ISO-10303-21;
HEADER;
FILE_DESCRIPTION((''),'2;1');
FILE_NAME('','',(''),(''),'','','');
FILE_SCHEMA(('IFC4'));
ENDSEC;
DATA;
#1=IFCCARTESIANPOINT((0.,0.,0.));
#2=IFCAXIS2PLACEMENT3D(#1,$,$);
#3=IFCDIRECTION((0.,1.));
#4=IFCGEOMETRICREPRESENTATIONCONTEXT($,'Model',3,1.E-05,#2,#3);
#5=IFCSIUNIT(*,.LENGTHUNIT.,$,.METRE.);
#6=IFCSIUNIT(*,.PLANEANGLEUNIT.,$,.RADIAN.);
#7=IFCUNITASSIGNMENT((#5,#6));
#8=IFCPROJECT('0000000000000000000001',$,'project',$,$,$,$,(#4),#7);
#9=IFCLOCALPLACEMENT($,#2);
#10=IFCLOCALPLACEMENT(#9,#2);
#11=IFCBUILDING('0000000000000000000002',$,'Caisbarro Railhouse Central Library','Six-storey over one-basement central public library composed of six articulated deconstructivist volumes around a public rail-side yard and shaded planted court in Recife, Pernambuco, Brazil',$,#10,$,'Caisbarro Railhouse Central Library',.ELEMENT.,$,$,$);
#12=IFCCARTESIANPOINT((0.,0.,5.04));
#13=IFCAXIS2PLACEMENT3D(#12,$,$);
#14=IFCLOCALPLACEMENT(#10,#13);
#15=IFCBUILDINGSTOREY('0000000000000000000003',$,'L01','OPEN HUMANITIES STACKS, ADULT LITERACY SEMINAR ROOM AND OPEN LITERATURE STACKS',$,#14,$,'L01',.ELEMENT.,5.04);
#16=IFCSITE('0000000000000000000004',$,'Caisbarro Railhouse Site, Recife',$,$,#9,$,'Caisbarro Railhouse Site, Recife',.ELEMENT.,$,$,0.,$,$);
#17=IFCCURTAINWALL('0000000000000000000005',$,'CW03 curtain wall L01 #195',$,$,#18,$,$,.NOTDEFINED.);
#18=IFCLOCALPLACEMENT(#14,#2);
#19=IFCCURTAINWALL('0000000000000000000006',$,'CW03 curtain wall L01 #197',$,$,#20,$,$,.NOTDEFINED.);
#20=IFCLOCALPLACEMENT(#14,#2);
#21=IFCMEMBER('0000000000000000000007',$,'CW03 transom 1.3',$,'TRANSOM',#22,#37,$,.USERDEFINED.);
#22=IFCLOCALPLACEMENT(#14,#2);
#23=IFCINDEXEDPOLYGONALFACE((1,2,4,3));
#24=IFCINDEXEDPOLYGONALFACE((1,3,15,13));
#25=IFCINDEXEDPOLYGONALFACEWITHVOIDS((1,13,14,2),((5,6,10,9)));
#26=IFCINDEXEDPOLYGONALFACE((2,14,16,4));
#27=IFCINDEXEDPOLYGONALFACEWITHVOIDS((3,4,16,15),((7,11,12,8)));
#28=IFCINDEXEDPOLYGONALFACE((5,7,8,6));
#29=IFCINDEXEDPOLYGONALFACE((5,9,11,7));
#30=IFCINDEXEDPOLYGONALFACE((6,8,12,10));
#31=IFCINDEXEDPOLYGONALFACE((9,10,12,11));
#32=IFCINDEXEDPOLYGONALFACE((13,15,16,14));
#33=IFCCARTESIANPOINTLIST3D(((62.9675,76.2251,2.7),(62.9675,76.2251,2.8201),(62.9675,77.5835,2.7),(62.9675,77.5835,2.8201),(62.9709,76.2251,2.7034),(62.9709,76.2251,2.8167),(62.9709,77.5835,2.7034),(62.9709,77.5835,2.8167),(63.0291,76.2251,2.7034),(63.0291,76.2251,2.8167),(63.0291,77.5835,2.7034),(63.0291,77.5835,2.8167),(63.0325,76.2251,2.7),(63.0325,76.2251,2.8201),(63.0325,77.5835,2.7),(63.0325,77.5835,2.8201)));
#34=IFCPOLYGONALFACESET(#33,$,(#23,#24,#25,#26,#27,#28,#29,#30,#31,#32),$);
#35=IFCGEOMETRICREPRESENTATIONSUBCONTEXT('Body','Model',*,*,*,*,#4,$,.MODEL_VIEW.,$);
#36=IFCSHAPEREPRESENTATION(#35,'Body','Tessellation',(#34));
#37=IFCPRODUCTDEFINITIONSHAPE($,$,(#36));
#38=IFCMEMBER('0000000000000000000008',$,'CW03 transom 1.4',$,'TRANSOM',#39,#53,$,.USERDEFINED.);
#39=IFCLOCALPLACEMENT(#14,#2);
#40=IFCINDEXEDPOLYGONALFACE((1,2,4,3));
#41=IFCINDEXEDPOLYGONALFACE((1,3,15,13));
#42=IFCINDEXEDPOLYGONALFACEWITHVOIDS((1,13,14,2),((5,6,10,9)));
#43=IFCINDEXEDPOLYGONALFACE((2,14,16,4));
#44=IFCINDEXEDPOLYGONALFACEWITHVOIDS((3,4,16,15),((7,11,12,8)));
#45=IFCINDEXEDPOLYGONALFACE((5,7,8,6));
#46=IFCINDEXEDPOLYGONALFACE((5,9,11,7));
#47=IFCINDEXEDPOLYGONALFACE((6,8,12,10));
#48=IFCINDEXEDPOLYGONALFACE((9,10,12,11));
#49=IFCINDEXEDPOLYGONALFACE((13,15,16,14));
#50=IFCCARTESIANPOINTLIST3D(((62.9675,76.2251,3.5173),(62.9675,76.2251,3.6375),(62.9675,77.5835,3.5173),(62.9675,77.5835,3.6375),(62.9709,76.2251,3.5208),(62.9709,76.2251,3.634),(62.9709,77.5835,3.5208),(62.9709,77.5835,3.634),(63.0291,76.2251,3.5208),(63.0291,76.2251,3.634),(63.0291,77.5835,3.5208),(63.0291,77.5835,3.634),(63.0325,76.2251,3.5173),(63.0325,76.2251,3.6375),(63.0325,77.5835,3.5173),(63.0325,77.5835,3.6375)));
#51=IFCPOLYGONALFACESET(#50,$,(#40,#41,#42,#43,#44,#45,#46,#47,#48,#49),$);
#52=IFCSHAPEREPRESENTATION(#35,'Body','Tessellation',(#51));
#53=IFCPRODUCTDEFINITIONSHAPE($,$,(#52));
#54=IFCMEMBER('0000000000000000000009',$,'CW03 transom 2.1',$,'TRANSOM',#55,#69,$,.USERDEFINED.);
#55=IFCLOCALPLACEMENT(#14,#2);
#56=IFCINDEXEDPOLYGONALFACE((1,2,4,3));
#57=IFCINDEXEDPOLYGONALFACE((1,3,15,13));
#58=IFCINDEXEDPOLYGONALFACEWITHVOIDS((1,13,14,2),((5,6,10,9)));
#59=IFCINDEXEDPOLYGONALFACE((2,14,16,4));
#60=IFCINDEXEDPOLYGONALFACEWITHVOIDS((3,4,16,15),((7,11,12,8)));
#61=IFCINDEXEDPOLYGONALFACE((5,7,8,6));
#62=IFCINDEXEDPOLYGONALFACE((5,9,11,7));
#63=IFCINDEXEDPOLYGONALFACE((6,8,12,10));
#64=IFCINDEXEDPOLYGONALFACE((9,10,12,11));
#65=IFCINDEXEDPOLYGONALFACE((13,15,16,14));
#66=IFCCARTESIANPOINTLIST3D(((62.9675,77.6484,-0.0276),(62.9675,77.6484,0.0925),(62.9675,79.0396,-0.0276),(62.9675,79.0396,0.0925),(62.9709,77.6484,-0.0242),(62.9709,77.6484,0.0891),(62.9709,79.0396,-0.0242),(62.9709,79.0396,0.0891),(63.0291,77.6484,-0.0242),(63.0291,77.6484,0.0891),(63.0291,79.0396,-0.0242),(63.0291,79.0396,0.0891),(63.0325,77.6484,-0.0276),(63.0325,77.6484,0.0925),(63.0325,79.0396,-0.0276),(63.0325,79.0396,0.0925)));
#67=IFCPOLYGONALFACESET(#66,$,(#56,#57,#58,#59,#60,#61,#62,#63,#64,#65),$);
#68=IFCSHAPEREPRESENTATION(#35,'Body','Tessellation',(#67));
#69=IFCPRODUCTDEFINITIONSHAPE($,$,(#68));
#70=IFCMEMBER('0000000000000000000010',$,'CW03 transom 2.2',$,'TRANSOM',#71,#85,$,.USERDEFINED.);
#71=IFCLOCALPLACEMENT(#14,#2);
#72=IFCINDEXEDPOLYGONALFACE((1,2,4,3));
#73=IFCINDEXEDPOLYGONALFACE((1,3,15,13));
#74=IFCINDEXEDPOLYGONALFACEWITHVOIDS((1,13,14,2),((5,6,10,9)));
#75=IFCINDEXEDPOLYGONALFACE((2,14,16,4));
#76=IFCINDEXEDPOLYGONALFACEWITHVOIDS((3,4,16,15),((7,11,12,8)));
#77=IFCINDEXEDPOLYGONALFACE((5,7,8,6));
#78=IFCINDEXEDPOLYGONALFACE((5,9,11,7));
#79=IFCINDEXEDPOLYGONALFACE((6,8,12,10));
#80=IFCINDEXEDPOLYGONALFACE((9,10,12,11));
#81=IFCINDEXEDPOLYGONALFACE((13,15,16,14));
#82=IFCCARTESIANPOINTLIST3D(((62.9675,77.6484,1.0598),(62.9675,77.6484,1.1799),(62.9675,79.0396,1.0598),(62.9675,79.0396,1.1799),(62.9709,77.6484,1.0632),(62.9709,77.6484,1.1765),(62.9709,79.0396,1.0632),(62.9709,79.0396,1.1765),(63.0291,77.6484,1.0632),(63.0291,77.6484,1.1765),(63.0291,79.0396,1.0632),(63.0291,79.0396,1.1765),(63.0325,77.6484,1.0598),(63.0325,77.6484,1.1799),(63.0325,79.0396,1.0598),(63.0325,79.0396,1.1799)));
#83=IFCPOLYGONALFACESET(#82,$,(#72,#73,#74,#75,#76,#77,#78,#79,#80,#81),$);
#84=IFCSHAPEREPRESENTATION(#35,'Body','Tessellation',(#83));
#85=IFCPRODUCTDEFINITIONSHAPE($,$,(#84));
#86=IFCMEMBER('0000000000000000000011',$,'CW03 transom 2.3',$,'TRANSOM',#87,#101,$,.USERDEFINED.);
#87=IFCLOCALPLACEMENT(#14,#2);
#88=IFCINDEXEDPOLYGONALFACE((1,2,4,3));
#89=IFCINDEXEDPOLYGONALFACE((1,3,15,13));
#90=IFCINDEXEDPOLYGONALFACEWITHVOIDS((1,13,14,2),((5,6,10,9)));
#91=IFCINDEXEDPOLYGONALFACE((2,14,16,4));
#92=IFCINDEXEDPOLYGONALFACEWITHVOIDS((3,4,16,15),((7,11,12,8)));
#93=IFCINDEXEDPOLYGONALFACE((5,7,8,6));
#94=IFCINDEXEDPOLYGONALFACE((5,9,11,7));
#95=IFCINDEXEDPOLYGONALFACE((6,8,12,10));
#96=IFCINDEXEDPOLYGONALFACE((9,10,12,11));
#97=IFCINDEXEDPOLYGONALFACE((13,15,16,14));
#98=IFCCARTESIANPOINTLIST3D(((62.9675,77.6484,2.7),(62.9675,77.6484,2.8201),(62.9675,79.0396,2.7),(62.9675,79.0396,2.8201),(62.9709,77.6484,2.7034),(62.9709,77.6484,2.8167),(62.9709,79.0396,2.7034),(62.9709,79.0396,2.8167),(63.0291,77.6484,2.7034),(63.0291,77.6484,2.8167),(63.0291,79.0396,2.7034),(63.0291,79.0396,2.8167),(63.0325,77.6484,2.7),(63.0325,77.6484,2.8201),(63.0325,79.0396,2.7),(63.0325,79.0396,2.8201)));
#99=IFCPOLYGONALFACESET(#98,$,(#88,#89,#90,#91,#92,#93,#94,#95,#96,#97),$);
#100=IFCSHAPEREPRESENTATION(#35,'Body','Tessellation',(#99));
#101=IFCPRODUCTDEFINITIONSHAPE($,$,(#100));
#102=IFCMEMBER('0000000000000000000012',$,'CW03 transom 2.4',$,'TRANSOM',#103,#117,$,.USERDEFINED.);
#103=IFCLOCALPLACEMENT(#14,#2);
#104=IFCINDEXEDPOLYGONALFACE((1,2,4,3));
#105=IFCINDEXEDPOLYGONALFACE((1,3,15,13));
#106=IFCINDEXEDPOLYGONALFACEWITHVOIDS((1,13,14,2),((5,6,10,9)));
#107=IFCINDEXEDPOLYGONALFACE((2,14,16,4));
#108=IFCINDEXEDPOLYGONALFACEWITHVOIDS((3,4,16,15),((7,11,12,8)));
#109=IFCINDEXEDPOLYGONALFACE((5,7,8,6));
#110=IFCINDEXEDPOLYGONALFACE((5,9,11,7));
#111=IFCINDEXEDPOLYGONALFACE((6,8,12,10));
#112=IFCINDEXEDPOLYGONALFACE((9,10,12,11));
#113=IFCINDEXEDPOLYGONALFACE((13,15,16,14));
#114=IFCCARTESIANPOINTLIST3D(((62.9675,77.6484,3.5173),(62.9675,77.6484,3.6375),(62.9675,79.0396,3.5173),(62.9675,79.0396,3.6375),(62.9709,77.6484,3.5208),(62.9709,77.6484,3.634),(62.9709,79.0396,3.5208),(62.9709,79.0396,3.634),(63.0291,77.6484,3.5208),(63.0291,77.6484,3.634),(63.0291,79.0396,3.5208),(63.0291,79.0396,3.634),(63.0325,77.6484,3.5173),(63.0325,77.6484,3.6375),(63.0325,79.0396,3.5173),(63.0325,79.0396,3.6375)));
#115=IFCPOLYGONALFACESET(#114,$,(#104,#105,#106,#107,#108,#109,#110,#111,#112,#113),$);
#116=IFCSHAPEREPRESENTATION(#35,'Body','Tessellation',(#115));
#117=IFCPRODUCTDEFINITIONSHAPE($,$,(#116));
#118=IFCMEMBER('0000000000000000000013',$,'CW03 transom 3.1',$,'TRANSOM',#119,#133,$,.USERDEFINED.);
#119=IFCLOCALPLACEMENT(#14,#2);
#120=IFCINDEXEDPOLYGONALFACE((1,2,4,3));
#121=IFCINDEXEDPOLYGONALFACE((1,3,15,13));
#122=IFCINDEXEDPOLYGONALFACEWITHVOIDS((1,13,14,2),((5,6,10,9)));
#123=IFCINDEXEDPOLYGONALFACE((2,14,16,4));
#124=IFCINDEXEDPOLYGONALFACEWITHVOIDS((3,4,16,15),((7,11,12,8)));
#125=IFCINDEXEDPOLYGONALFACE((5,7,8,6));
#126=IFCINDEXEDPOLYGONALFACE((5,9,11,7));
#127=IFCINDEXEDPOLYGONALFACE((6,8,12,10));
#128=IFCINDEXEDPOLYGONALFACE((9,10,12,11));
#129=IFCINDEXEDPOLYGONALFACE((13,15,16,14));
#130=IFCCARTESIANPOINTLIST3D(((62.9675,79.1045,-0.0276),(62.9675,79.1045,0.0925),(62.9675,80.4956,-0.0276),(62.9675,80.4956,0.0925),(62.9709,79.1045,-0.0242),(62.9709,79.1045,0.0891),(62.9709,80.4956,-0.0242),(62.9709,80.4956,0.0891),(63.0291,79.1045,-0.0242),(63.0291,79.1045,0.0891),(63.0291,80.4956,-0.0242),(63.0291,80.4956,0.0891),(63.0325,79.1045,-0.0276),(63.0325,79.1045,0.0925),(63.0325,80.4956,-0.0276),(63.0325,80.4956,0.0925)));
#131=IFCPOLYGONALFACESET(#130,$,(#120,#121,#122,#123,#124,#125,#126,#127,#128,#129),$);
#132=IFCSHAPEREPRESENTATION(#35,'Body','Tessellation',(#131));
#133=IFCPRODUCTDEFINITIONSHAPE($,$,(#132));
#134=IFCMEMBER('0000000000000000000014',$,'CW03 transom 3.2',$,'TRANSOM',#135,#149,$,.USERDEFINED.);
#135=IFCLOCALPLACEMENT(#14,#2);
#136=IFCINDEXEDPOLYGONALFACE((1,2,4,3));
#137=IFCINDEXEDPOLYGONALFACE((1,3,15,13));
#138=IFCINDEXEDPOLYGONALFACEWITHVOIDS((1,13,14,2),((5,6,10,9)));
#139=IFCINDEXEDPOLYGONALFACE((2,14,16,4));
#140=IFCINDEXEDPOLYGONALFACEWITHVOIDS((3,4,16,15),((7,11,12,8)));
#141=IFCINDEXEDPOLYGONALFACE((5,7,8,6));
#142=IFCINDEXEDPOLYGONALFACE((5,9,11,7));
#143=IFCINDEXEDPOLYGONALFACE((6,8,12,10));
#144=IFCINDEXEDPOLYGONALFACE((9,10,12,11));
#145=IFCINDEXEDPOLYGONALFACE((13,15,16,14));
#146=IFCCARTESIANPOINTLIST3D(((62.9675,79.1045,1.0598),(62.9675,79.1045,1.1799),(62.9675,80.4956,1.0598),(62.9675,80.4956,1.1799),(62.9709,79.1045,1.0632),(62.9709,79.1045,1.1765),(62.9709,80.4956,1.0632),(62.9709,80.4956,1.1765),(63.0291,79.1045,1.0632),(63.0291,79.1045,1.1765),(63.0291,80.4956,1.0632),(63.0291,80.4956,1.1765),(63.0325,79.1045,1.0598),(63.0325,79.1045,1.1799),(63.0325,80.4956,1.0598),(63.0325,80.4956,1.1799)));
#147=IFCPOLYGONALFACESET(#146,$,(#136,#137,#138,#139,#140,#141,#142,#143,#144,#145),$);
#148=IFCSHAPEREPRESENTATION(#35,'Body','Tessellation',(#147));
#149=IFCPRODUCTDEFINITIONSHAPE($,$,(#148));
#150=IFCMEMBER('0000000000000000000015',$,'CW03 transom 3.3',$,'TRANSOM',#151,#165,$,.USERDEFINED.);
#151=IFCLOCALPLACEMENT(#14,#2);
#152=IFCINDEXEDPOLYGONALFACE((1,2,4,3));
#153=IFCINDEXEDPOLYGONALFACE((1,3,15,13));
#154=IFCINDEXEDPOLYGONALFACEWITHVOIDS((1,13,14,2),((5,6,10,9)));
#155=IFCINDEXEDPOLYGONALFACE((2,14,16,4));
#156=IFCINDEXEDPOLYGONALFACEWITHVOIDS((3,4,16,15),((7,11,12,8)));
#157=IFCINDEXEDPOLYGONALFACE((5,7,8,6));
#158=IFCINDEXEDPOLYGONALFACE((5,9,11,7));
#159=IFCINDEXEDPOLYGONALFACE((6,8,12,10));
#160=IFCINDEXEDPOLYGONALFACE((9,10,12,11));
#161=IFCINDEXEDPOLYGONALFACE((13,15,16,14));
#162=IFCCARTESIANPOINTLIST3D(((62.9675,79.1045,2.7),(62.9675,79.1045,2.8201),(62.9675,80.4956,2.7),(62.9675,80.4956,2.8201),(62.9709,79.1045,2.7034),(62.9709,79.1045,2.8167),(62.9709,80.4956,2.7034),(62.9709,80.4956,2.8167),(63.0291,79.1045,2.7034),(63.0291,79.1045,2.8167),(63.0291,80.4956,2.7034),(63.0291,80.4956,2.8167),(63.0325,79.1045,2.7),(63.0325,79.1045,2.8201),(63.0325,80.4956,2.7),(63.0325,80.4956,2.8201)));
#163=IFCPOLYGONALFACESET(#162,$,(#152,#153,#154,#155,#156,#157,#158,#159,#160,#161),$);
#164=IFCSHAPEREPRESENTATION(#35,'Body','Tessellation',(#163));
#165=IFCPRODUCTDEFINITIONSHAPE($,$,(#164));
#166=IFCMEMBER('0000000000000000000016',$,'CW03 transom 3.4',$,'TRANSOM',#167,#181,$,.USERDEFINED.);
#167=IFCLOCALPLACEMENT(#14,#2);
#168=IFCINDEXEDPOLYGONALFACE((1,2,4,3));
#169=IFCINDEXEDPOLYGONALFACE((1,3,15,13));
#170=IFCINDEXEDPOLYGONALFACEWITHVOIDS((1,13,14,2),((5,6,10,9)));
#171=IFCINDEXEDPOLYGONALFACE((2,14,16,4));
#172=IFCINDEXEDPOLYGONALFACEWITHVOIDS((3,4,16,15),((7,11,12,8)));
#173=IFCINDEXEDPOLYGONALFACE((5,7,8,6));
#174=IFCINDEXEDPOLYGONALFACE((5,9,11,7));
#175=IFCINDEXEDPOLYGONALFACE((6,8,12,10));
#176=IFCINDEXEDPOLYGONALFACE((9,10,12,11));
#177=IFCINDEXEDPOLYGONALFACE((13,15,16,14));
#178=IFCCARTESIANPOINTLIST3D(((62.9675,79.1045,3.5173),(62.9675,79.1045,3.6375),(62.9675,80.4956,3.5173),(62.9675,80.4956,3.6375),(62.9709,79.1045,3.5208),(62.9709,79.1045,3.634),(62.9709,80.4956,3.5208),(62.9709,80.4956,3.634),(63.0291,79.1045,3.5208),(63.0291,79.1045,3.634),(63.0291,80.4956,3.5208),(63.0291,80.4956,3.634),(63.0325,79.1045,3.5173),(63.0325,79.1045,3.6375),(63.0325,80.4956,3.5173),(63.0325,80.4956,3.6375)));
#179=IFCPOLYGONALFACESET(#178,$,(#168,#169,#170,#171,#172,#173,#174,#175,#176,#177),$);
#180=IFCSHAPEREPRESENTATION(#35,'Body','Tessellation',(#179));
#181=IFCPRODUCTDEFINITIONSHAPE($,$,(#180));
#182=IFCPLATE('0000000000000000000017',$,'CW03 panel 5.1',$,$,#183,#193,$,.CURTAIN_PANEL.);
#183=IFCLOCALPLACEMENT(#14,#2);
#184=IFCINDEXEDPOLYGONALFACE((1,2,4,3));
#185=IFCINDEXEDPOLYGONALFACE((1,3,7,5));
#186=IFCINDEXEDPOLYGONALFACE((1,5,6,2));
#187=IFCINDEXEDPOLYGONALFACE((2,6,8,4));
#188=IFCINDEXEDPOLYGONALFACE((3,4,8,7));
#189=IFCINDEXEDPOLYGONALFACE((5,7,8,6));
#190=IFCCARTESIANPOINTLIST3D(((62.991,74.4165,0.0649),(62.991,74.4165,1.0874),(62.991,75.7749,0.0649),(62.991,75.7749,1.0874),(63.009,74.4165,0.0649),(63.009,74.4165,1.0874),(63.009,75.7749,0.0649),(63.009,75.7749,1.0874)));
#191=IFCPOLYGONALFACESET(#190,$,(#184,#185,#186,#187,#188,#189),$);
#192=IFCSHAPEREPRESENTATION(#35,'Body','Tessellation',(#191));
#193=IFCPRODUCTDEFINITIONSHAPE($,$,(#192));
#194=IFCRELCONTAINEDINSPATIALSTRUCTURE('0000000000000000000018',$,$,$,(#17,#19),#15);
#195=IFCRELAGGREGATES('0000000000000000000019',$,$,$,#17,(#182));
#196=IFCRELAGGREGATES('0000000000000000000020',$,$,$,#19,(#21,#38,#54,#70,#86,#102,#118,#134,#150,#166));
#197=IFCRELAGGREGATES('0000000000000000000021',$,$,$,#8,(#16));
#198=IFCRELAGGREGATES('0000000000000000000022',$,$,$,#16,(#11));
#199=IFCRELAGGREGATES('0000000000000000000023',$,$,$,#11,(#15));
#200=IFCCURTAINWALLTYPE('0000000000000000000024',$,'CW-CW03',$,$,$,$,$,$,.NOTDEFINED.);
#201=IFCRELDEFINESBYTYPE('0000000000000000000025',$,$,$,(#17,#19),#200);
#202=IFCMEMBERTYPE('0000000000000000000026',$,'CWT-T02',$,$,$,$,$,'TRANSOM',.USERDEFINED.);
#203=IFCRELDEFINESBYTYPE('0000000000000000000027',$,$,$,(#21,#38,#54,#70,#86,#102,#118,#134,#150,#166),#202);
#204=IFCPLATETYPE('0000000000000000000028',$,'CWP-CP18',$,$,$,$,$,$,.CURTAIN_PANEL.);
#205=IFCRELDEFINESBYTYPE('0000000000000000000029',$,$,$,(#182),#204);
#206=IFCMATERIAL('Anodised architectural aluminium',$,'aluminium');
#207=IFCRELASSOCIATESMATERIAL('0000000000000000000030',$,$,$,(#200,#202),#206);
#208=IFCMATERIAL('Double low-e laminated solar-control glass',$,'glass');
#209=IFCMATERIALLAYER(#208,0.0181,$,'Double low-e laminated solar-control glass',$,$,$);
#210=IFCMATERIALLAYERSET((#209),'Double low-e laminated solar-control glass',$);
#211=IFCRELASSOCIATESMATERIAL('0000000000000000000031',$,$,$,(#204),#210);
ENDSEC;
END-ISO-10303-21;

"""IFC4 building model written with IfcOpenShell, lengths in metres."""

from ifc_helpers import new_model, si_unit, direction, frame, origin, origin_2d, place, context, subcontext, project, spatial, rectangle, hollow_rectangle, extrude, material, layer, layer_set, material_profile, profile_set, type_object, element, aggregate, save


model = new_model("IFC4")

# Units and contexts
model_context = context("Model", 3, precision=1e-05, world=origin(), true_north=direction((0.0, 1.0)))
body_context = subcontext(model_context, "Body", "Model", "MODEL_VIEW")
ifc_project = project(units=[si_unit("LENGTHUNIT", "METRE"), si_unit("PLANEANGLEUNIT", "RADIAN")], contexts=[model_context])

# Site, building, storey
site_placement = place(None, origin())
site = spatial("IfcSite", under=ifc_project, at=site_placement, Name="Caisbarro Railhouse Site, Recife", LongName="Caisbarro Railhouse Site, Recife", CompositionType="ELEMENT", RefElevation=0.0)
building_placement = place(site_placement, origin())
building = spatial("IfcBuilding", under=site, at=building_placement, Name="Caisbarro Railhouse Central Library", Description="Six-storey over one-basement central public library composed of six articulated deconstructivist volumes around a public rail-side yard and shaded planted court in Recife, Pernambuco, Brazil", LongName="Caisbarro Railhouse Central Library", CompositionType="ELEMENT")
storey_placement = place(building_placement, frame((0.0, 0.0, 5.04)))
storey = spatial("IfcBuildingStorey", under=building, at=storey_placement, Name="L01", Description="OPEN HUMANITIES STACKS, ADULT LITERACY SEMINAR ROOM AND OPEN LITERATURE STACKS", LongName="L01", CompositionType="ELEMENT", Elevation=5.04)

# Curtain wall
ifc_material_1 = material(Name="Anodised architectural aluminium", Category="aluminium")
curtain_wall_type = type_object("IfcCurtainWallType", Name="CW-CW03", PredefinedType="NOTDEFINED", material=ifc_material_1)
curtain_wall_1_placement = place(storey_placement, origin())
curtain_wall_1 = element("IfcCurtainWall", 1, at=curtain_wall_1_placement, inside=storey, type_object=curtain_wall_type, Name="CW03 curtain wall L01 #195", PredefinedType="NOTDEFINED")

# Curtain wall
curtain_wall_2_placement = place(storey_placement, origin())
curtain_wall_2 = element("IfcCurtainWall", 2, at=curtain_wall_2_placement, inside=storey, type_object=curtain_wall_type, Name="CW03 curtain wall L01 #197", PredefinedType="NOTDEFINED")

# Shared definitions
ifc_material_profile_1 = material_profile(ifc_material_1, hollow_rectangle(XDim=0.0649, YDim=0.1201, WallThickness=0.0034, at=origin_2d()), Name="ALU-TRN-65X120")
ifc_profile_set_1 = profile_set([ifc_material_profile_1], Name="Anodised architectural aluminium")
member_type_1 = type_object("IfcMemberType", Name="CWT-T02", ElementType="TRANSOM", PredefinedType="USERDEFINED", material=ifc_profile_set_1)

# Members
member_1_placement = place(storey_placement, frame((63.0, 76.2251, 2.76), z_axis=(0.0, 1.0, 0.0), x_axis=(-1.0, 0.0, 0.0)))
member_1 = element("IfcMember", 3, at=member_1_placement, type_object=member_type_1, Name="CW03 transom 1.3", ObjectType="TRANSOM", PredefinedType="USERDEFINED", context=body_context, shape_type="SweptSolid", body=[
    extrude(hollow_rectangle(XDim=0.0649, YDim=0.1201, WallThickness=0.0034, at=origin_2d()), origin(), (0.0, 0.0, 1.0), 1.3584),
])
member_2_placement = place(storey_placement, frame((63.0, 76.2251, 3.5774), z_axis=(0.0, 1.0, 0.0), x_axis=(-1.0, 0.0, 0.0)))
member_2 = element("IfcMember", 4, at=member_2_placement, type_object=member_type_1, Name="CW03 transom 1.4", ObjectType="TRANSOM", PredefinedType="USERDEFINED", context=body_context, shape_type="SweptSolid", body=[
    extrude(hollow_rectangle(XDim=0.0649, YDim=0.1201, WallThickness=0.0034, at=origin_2d()), origin(), (0.0, 0.0, 1.0), 1.3584),
])
member_3_placement = place(storey_placement, frame((63.0, 77.6484, 0.0325), z_axis=(0.0, 1.0, 0.0), x_axis=(-1.0, 0.0, 0.0)))
member_3 = element("IfcMember", 5, at=member_3_placement, type_object=member_type_1, Name="CW03 transom 2.1", ObjectType="TRANSOM", PredefinedType="USERDEFINED", context=body_context, shape_type="SweptSolid", body=[
    extrude(hollow_rectangle(XDim=0.0649, YDim=0.1201, WallThickness=0.0034, at=origin_2d()), origin(), (0.0, 0.0, 1.0), 1.3911),
])
member_4_placement = place(storey_placement, frame((63.0, 77.6484, 1.1199), z_axis=(0.0, 1.0, 0.0), x_axis=(-1.0, 0.0, 0.0)))
member_4 = element("IfcMember", 6, at=member_4_placement, type_object=member_type_1, Name="CW03 transom 2.2", ObjectType="TRANSOM", PredefinedType="USERDEFINED", context=body_context, shape_type="SweptSolid", body=[
    extrude(hollow_rectangle(XDim=0.0649, YDim=0.1201, WallThickness=0.0034, at=origin_2d()), origin(), (0.0, 0.0, 1.0), 1.3911),
])
member_5_placement = place(storey_placement, frame((63.0, 77.6484, 2.76), z_axis=(0.0, 1.0, 0.0), x_axis=(-1.0, 0.0, 0.0)))
member_5 = element("IfcMember", 7, at=member_5_placement, type_object=member_type_1, Name="CW03 transom 2.3", ObjectType="TRANSOM", PredefinedType="USERDEFINED", context=body_context, shape_type="SweptSolid", body=[
    extrude(hollow_rectangle(XDim=0.0649, YDim=0.1201, WallThickness=0.0034, at=origin_2d()), origin(), (0.0, 0.0, 1.0), 1.3911),
])
member_6_placement = place(storey_placement, frame((63.0, 77.6484, 3.5774), z_axis=(0.0, 1.0, 0.0), x_axis=(-1.0, 0.0, 0.0)))
member_6 = element("IfcMember", 8, at=member_6_placement, type_object=member_type_1, Name="CW03 transom 2.4", ObjectType="TRANSOM", PredefinedType="USERDEFINED", context=body_context, shape_type="SweptSolid", body=[
    extrude(hollow_rectangle(XDim=0.0649, YDim=0.1201, WallThickness=0.0034, at=origin_2d()), origin(), (0.0, 0.0, 1.0), 1.3911),
])
member_7_placement = place(storey_placement, frame((63.0, 79.1045, 0.0325), z_axis=(0.0, 1.0, 0.0), x_axis=(-1.0, 0.0, 0.0)))
member_7 = element("IfcMember", 9, at=member_7_placement, type_object=member_type_1, Name="CW03 transom 3.1", ObjectType="TRANSOM", PredefinedType="USERDEFINED", context=body_context, shape_type="SweptSolid", body=[
    extrude(hollow_rectangle(XDim=0.0649, YDim=0.1201, WallThickness=0.0034, at=origin_2d()), origin(), (0.0, 0.0, 1.0), 1.3911),
])
member_8_placement = place(storey_placement, frame((63.0, 79.1045, 1.1199), z_axis=(0.0, 1.0, 0.0), x_axis=(-1.0, 0.0, 0.0)))
member_8 = element("IfcMember", 10, at=member_8_placement, type_object=member_type_1, Name="CW03 transom 3.2", ObjectType="TRANSOM", PredefinedType="USERDEFINED", context=body_context, shape_type="SweptSolid", body=[
    extrude(hollow_rectangle(XDim=0.0649, YDim=0.1201, WallThickness=0.0034, at=origin_2d()), origin(), (0.0, 0.0, 1.0), 1.3911),
])
member_9_placement = place(storey_placement, frame((63.0, 79.1045, 2.76), z_axis=(0.0, 1.0, 0.0), x_axis=(-1.0, 0.0, 0.0)))
member_9 = element("IfcMember", 11, at=member_9_placement, type_object=member_type_1, Name="CW03 transom 3.3", ObjectType="TRANSOM", PredefinedType="USERDEFINED", context=body_context, shape_type="SweptSolid", body=[
    extrude(hollow_rectangle(XDim=0.0649, YDim=0.1201, WallThickness=0.0034, at=origin_2d()), origin(), (0.0, 0.0, 1.0), 1.3911),
])
member_10_placement = place(storey_placement, frame((63.0, 79.1045, 3.5774), z_axis=(0.0, 1.0, 0.0), x_axis=(-1.0, 0.0, 0.0)))
member_10 = element("IfcMember", 12, at=member_10_placement, type_object=member_type_1, Name="CW03 transom 3.4", ObjectType="TRANSOM", PredefinedType="USERDEFINED", context=body_context, shape_type="SweptSolid", body=[
    extrude(hollow_rectangle(XDim=0.0649, YDim=0.1201, WallThickness=0.0034, at=origin_2d()), origin(), (0.0, 0.0, 1.0), 1.3911),
])

# Plate
ifc_material_2 = material(Name="Double low-e laminated solar-control glass", Category="glass")
ifc_layer = layer(ifc_material_2, 0.0181, Name="Double low-e laminated solar-control glass")
ifc_layer_set = layer_set([ifc_layer], Name="Double low-e laminated solar-control glass")
plate_type = type_object("IfcPlateType", Name="CWP-CP18", PredefinedType="CURTAIN_PANEL", material=ifc_layer_set)
plate_1_placement = place(storey_placement, frame((63.0, 75.0957, 0.0649), z_axis=(0.0, 0.0, 1.0), x_axis=(0.0, 1.0, 0.0)))
plate_1 = element("IfcPlate", 13, at=plate_1_placement, type_object=plate_type, Name="CW03 panel 5.1", PredefinedType="CURTAIN_PANEL", context=body_context, shape_type="SweptSolid", body=[
    extrude(rectangle(XDim=1.3584, YDim=0.0181, at=origin_2d()), origin(), (0.0, 0.0, 1.0), 1.0225),
])
aggregate(curtain_wall_1, [plate_1])
aggregate(curtain_wall_2, [member_1, member_2, member_3, member_4, member_5, member_6, member_7, member_8, member_9, member_10])

save(model, "model.ifc")
